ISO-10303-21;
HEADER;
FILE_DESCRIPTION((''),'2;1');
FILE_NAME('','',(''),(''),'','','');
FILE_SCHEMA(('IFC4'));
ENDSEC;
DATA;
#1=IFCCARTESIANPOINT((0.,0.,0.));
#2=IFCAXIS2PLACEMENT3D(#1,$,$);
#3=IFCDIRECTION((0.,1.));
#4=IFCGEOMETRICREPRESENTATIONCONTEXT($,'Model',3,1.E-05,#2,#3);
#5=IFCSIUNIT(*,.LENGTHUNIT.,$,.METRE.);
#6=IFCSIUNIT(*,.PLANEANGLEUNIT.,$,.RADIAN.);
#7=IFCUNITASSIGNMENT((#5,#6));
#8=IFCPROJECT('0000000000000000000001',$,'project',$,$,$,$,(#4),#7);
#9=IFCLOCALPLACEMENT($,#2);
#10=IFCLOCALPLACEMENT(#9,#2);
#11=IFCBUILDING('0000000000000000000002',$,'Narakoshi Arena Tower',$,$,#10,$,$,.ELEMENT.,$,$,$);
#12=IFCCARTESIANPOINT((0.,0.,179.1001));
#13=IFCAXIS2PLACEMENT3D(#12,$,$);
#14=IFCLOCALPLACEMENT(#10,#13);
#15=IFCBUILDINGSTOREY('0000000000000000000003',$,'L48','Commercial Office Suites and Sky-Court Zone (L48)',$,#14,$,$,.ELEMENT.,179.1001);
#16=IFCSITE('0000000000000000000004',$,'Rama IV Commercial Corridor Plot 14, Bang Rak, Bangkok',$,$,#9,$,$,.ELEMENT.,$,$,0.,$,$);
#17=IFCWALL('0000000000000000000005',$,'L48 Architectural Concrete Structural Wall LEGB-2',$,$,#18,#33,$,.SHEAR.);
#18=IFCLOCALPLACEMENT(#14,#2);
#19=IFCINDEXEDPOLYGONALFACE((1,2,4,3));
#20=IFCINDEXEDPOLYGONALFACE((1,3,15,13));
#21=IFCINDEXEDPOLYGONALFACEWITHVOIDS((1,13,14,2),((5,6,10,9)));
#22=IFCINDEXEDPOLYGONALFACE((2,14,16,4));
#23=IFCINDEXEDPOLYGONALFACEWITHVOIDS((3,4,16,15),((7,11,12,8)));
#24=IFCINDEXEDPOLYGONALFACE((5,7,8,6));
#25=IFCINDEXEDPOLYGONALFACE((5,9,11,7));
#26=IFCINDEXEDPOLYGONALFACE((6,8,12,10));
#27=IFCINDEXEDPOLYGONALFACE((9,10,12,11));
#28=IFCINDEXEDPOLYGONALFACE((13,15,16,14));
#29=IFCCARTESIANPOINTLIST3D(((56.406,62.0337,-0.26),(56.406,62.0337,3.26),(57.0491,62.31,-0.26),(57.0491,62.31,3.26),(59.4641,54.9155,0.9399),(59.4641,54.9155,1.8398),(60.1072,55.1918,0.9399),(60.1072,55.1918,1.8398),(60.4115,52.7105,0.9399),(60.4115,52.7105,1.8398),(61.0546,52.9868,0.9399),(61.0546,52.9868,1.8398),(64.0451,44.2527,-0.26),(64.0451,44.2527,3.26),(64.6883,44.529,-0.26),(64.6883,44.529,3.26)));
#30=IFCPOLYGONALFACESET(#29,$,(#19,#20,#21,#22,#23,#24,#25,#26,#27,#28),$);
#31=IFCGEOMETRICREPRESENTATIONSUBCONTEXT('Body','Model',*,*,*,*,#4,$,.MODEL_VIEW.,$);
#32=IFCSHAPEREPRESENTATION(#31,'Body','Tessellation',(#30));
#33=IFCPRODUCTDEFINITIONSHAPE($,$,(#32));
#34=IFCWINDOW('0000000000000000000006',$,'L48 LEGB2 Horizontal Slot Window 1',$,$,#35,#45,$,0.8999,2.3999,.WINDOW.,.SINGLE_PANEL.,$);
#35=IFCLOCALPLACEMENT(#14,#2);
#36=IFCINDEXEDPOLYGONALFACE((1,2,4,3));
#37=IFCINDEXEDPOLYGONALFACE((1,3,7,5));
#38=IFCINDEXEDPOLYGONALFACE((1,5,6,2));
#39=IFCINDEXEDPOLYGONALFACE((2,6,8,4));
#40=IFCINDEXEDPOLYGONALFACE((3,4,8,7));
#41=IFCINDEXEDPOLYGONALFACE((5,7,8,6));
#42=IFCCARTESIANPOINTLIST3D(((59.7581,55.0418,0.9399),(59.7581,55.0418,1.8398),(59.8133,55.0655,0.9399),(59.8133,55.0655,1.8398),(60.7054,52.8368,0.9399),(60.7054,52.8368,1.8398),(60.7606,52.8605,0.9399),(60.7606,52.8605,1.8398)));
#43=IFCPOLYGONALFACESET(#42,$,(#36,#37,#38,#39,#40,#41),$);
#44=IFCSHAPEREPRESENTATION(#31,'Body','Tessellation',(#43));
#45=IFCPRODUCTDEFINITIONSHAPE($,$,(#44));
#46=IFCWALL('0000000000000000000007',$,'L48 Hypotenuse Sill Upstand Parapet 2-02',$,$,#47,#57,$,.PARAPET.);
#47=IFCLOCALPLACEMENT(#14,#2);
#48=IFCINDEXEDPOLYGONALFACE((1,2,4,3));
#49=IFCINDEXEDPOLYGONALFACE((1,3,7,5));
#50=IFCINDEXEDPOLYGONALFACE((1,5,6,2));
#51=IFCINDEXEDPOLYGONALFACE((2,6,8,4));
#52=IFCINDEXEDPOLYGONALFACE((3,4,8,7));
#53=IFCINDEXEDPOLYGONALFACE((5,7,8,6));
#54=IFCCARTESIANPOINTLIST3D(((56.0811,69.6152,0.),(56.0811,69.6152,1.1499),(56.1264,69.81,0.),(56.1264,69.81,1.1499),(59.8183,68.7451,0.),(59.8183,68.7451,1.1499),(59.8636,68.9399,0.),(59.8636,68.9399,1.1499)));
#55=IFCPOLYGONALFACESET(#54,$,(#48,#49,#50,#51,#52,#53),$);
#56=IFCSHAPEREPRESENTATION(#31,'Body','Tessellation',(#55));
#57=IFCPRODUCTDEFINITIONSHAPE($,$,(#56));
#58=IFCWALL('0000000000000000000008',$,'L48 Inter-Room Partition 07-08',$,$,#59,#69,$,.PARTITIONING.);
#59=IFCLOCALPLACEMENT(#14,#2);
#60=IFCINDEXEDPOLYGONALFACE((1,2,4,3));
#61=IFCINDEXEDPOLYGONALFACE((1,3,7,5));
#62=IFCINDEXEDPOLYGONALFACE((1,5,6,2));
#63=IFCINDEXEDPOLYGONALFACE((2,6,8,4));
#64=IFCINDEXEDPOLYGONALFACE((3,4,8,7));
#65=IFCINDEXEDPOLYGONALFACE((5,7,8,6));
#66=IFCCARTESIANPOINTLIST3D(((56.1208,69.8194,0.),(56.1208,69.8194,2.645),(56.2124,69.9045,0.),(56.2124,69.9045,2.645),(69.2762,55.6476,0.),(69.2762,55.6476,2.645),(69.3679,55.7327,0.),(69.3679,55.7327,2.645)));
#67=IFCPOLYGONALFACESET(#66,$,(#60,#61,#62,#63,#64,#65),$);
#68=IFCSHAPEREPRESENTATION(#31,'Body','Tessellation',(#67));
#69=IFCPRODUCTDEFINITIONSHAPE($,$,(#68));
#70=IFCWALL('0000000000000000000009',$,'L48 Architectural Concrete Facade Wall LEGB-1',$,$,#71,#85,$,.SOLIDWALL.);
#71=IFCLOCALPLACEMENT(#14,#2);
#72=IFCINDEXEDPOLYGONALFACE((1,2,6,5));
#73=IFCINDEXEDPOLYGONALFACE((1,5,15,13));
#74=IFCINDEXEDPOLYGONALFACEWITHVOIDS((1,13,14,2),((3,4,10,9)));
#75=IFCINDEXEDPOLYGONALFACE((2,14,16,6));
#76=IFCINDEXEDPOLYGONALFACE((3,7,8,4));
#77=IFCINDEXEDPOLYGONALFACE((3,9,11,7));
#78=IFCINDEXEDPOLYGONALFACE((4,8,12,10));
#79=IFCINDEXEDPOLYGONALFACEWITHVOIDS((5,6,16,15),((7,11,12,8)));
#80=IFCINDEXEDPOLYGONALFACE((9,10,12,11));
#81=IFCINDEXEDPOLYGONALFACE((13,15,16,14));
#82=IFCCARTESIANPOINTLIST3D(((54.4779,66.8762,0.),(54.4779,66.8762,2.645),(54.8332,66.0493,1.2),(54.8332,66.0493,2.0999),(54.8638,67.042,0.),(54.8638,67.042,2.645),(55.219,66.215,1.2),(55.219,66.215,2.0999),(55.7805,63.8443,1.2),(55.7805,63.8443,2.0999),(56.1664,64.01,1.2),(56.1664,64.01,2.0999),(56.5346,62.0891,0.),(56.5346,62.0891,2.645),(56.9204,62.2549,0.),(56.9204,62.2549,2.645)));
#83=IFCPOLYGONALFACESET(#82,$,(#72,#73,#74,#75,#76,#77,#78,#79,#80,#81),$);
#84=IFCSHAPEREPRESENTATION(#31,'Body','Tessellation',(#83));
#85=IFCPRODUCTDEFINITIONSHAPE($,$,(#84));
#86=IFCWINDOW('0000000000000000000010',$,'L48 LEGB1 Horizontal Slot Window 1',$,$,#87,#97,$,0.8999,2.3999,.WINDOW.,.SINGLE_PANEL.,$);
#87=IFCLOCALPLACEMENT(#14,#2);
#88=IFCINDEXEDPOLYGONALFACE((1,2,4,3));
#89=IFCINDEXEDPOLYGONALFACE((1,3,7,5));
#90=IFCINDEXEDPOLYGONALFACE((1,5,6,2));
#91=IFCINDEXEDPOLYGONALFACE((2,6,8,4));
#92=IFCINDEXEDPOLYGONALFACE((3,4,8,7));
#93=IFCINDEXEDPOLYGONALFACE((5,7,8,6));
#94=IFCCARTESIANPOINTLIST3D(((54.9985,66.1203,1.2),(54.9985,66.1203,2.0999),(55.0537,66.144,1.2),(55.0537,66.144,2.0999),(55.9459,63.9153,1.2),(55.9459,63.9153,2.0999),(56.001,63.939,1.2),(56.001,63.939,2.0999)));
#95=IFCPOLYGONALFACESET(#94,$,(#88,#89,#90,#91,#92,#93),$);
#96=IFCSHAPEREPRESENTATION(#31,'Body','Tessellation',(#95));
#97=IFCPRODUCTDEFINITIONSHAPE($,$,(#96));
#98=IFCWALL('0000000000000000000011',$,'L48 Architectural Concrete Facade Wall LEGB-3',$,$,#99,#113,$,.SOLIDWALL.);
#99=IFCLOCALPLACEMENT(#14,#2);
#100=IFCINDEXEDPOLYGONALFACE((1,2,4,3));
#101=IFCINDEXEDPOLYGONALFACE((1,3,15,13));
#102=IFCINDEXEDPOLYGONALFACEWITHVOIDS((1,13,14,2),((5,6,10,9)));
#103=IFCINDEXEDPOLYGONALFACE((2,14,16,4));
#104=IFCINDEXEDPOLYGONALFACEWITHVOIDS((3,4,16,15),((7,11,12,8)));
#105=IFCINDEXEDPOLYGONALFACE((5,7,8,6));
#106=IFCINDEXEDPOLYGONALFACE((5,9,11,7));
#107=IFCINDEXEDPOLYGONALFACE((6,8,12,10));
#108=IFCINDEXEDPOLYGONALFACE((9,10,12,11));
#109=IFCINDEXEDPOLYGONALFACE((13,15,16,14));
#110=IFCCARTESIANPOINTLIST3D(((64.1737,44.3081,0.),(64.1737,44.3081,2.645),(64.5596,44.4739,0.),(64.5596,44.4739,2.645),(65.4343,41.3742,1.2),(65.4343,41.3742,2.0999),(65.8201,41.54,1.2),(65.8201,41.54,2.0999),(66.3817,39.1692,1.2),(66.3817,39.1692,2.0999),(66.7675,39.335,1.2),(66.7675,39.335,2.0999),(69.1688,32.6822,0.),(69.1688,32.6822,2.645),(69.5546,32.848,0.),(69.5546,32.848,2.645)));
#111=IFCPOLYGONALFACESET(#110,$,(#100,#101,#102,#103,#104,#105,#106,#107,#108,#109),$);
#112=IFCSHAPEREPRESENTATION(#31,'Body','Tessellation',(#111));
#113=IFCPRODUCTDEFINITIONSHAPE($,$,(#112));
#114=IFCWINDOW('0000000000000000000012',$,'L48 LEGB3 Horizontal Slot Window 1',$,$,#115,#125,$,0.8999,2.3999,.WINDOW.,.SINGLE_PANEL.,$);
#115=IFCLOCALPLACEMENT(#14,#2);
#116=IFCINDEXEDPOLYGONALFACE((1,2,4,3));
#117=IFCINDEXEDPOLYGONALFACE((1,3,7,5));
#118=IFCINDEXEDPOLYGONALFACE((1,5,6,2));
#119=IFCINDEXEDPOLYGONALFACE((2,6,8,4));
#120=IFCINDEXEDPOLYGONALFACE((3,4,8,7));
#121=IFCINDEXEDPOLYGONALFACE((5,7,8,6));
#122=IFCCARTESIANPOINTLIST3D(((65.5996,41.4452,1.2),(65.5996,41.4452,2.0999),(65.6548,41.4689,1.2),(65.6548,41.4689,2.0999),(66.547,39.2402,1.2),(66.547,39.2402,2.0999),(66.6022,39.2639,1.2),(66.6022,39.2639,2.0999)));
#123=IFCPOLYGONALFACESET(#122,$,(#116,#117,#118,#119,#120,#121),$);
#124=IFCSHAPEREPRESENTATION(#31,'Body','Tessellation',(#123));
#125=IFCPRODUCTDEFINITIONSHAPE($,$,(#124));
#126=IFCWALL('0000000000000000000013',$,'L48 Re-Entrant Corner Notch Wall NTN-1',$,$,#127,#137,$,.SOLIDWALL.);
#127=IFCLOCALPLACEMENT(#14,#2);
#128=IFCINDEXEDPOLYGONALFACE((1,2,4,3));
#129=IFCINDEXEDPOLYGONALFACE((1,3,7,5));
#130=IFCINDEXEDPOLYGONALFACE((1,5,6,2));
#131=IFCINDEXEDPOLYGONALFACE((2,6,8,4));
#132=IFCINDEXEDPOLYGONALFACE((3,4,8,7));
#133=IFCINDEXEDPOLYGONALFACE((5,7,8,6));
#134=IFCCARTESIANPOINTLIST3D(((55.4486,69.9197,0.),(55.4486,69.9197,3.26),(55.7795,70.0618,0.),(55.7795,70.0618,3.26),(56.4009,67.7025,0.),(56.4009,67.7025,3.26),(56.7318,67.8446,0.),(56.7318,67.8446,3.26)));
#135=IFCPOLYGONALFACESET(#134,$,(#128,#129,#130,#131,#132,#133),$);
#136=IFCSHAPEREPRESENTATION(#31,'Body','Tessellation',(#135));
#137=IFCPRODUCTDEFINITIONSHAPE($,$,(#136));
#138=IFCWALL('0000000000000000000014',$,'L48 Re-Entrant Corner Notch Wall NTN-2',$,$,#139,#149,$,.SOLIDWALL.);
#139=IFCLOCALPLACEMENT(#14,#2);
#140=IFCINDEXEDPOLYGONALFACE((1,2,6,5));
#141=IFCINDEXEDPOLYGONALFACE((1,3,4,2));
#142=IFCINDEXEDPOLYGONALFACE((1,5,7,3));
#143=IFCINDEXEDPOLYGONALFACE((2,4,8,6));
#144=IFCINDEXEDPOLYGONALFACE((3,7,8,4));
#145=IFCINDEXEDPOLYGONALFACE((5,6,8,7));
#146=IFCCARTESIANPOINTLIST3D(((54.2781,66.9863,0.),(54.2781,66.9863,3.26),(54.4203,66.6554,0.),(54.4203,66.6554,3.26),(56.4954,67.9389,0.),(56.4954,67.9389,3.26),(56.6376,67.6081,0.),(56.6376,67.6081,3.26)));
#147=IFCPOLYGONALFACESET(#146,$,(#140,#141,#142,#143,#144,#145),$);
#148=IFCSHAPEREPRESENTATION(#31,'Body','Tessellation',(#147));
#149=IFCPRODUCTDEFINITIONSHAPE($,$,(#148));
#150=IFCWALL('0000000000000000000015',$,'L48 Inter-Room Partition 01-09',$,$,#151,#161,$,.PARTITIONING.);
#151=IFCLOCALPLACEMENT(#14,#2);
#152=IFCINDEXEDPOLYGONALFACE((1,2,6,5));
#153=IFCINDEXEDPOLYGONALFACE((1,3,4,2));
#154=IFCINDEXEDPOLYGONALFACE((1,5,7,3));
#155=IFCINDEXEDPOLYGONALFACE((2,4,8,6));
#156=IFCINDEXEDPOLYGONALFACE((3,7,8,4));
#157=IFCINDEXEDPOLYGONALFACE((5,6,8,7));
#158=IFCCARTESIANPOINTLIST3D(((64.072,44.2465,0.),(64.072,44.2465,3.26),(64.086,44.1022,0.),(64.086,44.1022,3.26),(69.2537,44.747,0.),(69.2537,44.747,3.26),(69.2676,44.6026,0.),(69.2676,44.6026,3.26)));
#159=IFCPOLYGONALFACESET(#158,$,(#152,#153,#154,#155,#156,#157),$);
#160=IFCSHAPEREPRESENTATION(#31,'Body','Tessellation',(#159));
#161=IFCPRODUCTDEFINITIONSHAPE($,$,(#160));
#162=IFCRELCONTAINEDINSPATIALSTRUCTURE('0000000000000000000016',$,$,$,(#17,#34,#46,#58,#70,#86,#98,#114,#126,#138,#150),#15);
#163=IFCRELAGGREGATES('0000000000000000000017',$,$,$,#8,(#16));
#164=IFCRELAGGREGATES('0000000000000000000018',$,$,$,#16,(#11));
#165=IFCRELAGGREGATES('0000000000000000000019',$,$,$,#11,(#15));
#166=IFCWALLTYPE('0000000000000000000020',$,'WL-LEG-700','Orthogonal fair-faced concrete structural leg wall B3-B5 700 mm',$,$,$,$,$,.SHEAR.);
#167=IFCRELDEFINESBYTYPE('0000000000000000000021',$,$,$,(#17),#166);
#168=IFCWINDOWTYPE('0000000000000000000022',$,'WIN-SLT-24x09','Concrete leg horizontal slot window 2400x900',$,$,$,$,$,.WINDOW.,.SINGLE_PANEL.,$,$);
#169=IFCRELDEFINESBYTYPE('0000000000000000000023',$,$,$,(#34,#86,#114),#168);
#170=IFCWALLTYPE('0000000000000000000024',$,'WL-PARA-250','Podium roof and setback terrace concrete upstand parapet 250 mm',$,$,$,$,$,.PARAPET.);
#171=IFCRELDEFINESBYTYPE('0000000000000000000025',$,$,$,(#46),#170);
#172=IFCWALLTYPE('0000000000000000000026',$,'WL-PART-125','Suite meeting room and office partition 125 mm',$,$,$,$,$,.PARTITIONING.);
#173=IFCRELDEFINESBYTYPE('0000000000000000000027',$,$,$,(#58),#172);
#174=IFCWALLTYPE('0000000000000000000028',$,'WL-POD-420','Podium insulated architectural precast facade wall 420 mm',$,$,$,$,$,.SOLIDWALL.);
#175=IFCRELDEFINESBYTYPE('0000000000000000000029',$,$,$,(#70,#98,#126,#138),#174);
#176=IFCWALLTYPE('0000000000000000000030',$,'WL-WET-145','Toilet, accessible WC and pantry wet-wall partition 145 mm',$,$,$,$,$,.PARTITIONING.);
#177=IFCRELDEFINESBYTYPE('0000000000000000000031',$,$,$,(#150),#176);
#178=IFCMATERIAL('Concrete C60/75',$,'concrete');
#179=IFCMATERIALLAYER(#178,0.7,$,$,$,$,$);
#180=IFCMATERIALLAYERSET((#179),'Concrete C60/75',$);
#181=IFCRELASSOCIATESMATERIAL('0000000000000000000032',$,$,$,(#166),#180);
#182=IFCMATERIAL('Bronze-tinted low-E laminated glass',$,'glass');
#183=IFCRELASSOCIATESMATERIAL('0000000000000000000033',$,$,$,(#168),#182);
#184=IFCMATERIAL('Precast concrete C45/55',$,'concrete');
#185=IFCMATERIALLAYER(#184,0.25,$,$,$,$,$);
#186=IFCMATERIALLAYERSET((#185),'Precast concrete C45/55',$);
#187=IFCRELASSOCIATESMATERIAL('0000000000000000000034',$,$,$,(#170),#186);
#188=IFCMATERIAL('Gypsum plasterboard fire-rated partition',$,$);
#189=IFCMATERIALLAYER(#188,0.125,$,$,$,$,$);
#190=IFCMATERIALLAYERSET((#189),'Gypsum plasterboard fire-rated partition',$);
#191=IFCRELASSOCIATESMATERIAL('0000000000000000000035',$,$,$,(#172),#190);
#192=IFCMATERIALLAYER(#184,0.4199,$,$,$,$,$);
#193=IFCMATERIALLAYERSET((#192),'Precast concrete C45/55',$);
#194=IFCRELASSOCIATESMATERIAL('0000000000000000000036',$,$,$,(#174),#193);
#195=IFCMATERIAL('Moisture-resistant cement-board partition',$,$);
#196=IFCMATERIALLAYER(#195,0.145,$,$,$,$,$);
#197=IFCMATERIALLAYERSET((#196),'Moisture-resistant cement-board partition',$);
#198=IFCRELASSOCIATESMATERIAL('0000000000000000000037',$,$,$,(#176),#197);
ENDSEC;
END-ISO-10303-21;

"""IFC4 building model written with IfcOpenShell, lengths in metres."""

from ifc_helpers import new_model, si_unit, direction, frame, frame_2d, origin, place, context, subcontext, project, spatial, rectangle, extrude, material, layer, layer_set, type_object, element, fill, save


model = new_model("IFC4")

# Units and contexts
model_context = context("Model", 3, precision=1e-05, world=origin(), true_north=direction((0.0, 1.0)))
body_context = subcontext(model_context, "Body", "Model", "MODEL_VIEW")
ifc_project = project(units=[si_unit("LENGTHUNIT", "METRE"), si_unit("PLANEANGLEUNIT", "RADIAN")], contexts=[model_context])

# Site, building, storey
site_placement = place(None, origin())
site = spatial("IfcSite", under=ifc_project, at=site_placement, Name="Rama IV Commercial Corridor Plot 14, Bang Rak, Bangkok", CompositionType="ELEMENT", RefElevation=0.0)
building_placement = place(site_placement, origin())
building = spatial("IfcBuilding", under=site, at=building_placement, Name="Narakoshi Arena Tower", CompositionType="ELEMENT")
storey_placement = place(building_placement, frame((0.0, 0.0, 179.1001)))
storey = spatial("IfcBuildingStorey", under=building, at=storey_placement, Name="L48", Description="Commercial Office Suites and Sky-Court Zone (L48)", CompositionType="ELEMENT", Elevation=179.1001)

# Shared definitions
ifc_material_1 = material(Name="Bronze-tinted low-E laminated glass", Category="glass")

# Wall, opening, window
ifc_material_2 = material(Name="Concrete C60/75", Category="concrete")
ifc_layer_1 = layer(ifc_material_2, 0.7)
ifc_layer_set_1 = layer_set([ifc_layer_1], Name="Concrete C60/75")
wall_type_1 = type_object("IfcWallType", Name="WL-LEG-700", Description="Orthogonal fair-faced concrete structural leg wall B3-B5 700 mm", PredefinedType="SHEAR", material=ifc_layer_set_1)
wall_1_placement = place(storey_placement, frame((56.7275, 62.1719, -0.26), z_axis=(0.0, 0.0, 1.0), x_axis=(0.394737, -0.918794, 0.0)))
wall_1 = element("IfcWall", 1, at=wall_1_placement, inside=storey, type_object=wall_type_1, Name="L48 Architectural Concrete Structural Wall LEGB-2", PredefinedType="SHEAR", context=body_context, shape_type="SweptSolid", body=[
    extrude(rectangle(XDim=19.3525, YDim=0.7, at=frame_2d((9.6763, 0.0))), origin(), (0.0, 0.0, 1.0), 3.52),
])
opening_1_placement = place(wall_1_placement, frame((7.7473, 0.0, 1.2)))
opening_1 = element("IfcOpeningElement", 2, at=opening_1_placement, cuts=wall_1, PredefinedType="OPENING", context=body_context, shape_type="SweptSolid", body=[
    extrude(rectangle(XDim=2.3999, YDim=0.8999, at=frame_2d((1.2, 0.45))), frame((0.0, 0.3599, 0.0), z_axis=(0.0, -1.0, 0.0), x_axis=(1.0, 0.0, 0.0)), (0.0, 0.0, 1.0), 0.72),
])
window_type = type_object("IfcWindowType", Name="WIN-SLT-24x09", Description="Concrete leg horizontal slot window 2400x900", PartitioningType="SINGLE_PANEL", PredefinedType="WINDOW", material=ifc_material_1)
window_1_placement = place(opening_1_placement, origin())
window_1 = element("IfcWindow", 3, at=window_1_placement, inside=storey, type_object=window_type, Name="L48 LEGB2 Horizontal Slot Window 1", OverallHeight=0.8999, OverallWidth=2.3999, PartitioningType="SINGLE_PANEL", PredefinedType="WINDOW", context=body_context, shape_type="SweptSolid", body=[
    extrude(rectangle(XDim=2.3999, YDim=0.8999, at=frame_2d((1.2, 0.45))), frame((0.0, 0.03, 0.0), z_axis=(0.0, -1.0, 0.0), x_axis=(1.0, 0.0, 0.0)), (0.0, 0.0, 1.0), 0.0601),
])
fill(opening_1, window_1)

# Walls
ifc_material_3 = material(Name="Precast concrete C45/55", Category="concrete")
ifc_layer_2 = layer(ifc_material_3, 0.25)
ifc_layer_set_2 = layer_set([ifc_layer_2], Name="Precast concrete C45/55")
wall_type_2 = type_object("IfcWallType", Name="WL-PARA-250", Description="Podium roof and setback terrace concrete upstand parapet 250 mm", PredefinedType="PARAPET", material=ifc_layer_set_2)
wall_2_placement = place(storey_placement, frame((59.8408, 68.8425, 0.0), z_axis=(0.0, 0.0, 1.0), x_axis=(-0.973952, 0.226755, 0.0)))
element("IfcWall", 4, at=wall_2_placement, inside=storey, type_object=wall_type_2, Name="L48 Hypotenuse Sill Upstand Parapet 2-02", PredefinedType="PARAPET", context=body_context, shape_type="SweptSolid", body=[
    extrude(rectangle(XDim=3.8372, YDim=0.2, at=frame_2d((1.9185, 0.0))), origin(), (0.0, 0.0, 1.0), 1.1499),
])
ifc_material_4 = material(Name="Gypsum plasterboard fire-rated partition")
ifc_layer_3 = layer(ifc_material_4, 0.125)
ifc_layer_set_3 = layer_set([ifc_layer_3], Name="Gypsum plasterboard fire-rated partition")
wall_type_3 = type_object("IfcWallType", Name="WL-PART-125", Description="Suite meeting room and office partition 125 mm", PredefinedType="PARTITIONING", material=ifc_layer_set_3)
wall_3_placement = place(storey_placement, frame((56.1665, 69.8621, 0.0), z_axis=(0.0, 0.0, 1.0), x_axis=(0.680338, -0.732899, 0.0)))
element("IfcWall", 5, at=wall_3_placement, inside=storey, type_object=wall_type_3, Name="L48 Inter-Room Partition 07-08", PredefinedType="PARTITIONING", context=body_context, shape_type="SweptSolid", body=[
    extrude(rectangle(XDim=19.3367, YDim=0.125, at=frame_2d((9.6685, 0.0))), origin(), (0.0, 0.0, 1.0), 2.645),
])

# Walls, openings, windows
ifc_layer_4 = layer(ifc_material_3, 0.4199)
ifc_layer_set_4 = layer_set([ifc_layer_4], Name="Precast concrete C45/55")
wall_type_4 = type_object("IfcWallType", Name="WL-POD-420", Description="Podium insulated architectural precast facade wall 420 mm", PredefinedType="SOLIDWALL", material=ifc_layer_set_4)
wall_4_placement = place(storey_placement, frame((54.6709, 66.959, 0.0), z_axis=(0.0, 0.0, 1.0), x_axis=(0.394734, -0.918796, 0.0)))
wall_4 = element("IfcWall", 6, at=wall_4_placement, inside=storey, type_object=wall_type_4, Name="L48 Architectural Concrete Facade Wall LEGB-1", PredefinedType="SOLIDWALL", context=body_context, shape_type="SweptSolid", body=[
    extrude(rectangle(XDim=5.2102, YDim=0.4199, at=frame_2d((2.605, 0.0))), origin(), (0.0, 0.0, 1.0), 2.645),
])
opening_2_placement = place(wall_4_placement, frame((0.8999, 0.0, 1.2)))
opening_2 = element("IfcOpeningElement", 7, at=opening_2_placement, cuts=wall_4, PredefinedType="OPENING", context=body_context, shape_type="SweptSolid", body=[
    extrude(rectangle(XDim=2.3999, YDim=0.8999, at=frame_2d((1.2, 0.45))), frame((0.0, 0.22, 0.0), z_axis=(0.0, -1.0, 0.0), x_axis=(1.0, 0.0, 0.0)), (0.0, 0.0, 1.0), 0.4399),
])
window_2_placement = place(opening_2_placement, origin())
window_2 = element("IfcWindow", 8, at=window_2_placement, inside=storey, type_object=window_type, Name="L48 LEGB1 Horizontal Slot Window 1", OverallHeight=0.8999, OverallWidth=2.3999, PartitioningType="SINGLE_PANEL", PredefinedType="WINDOW", context=body_context, shape_type="SweptSolid", body=[
    extrude(rectangle(XDim=2.3999, YDim=0.8999, at=frame_2d((1.2, 0.45))), frame((0.0, 0.03, 0.0), z_axis=(0.0, -1.0, 0.0), x_axis=(1.0, 0.0, 0.0)), (0.0, 0.0, 1.0), 0.0601),
])
fill(opening_2, window_2)
wall_5_placement = place(storey_placement, frame((64.3667, 44.3909, 0.0), z_axis=(0.0, 0.0, 1.0), x_axis=(0.394757, -0.918785, 0.0)))
wall_5 = element("IfcWall", 9, at=wall_5_placement, inside=storey, type_object=wall_type_4, Name="L48 Architectural Concrete Facade Wall LEGB-3", PredefinedType="SOLIDWALL", context=body_context, shape_type="SweptSolid", body=[
    extrude(rectangle(XDim=12.6536, YDim=0.4199, at=frame_2d((6.3267, 0.0))), origin(), (0.0, 0.0, 1.0), 2.645),
])
opening_3_placement = place(wall_5_placement, frame((3.1931, 0.0, 1.2)))
opening_3 = element("IfcOpeningElement", 10, at=opening_3_placement, cuts=wall_5, PredefinedType="OPENING", context=body_context, shape_type="SweptSolid", body=[
    extrude(rectangle(XDim=2.3999, YDim=0.8999, at=frame_2d((1.2, 0.45))), frame((0.0, 0.22, 0.0), z_axis=(0.0, -1.0, 0.0), x_axis=(1.0, 0.0, 0.0)), (0.0, 0.0, 1.0), 0.4399),
])
window_3_placement = place(opening_3_placement, origin())
window_3 = element("IfcWindow", 11, at=window_3_placement, inside=storey, type_object=window_type, Name="L48 LEGB3 Horizontal Slot Window 1", OverallHeight=0.8999, OverallWidth=2.3999, PartitioningType="SINGLE_PANEL", PredefinedType="WINDOW", context=body_context, shape_type="SweptSolid", body=[
    extrude(rectangle(XDim=2.3999, YDim=0.8999, at=frame_2d((1.2, 0.45))), frame((0.0, 0.03, 0.0), z_axis=(0.0, -1.0, 0.0), x_axis=(1.0, 0.0, 0.0)), (0.0, 0.0, 1.0), 0.0601),
])
fill(opening_3, window_3)

# Walls
wall_6_placement = place(storey_placement, frame((55.614, 69.9907, 0.0), z_axis=(0.0, 0.0, 1.0), x_axis=(0.394664, -0.918826, 0.0)))
element("IfcWall", 12, at=wall_6_placement, inside=storey, type_object=wall_type_4, Name="L48 Re-Entrant Corner Notch Wall NTN-1", PredefinedType="SOLIDWALL", context=body_context, shape_type="SweptSolid", body=[
    extrude(rectangle(XDim=2.4131, YDim=0.3601, at=frame_2d((1.2065, 0.0))), origin(), (0.0, 0.0, 1.0), 3.26),
])
wall_7_placement = place(storey_placement, frame((56.5664, 67.7734, 0.0), z_axis=(0.0, 0.0, 1.0), x_axis=(-0.918789, -0.394749, 0.0)))
element("IfcWall", 13, at=wall_7_placement, inside=storey, type_object=wall_type_4, Name="L48 Re-Entrant Corner Notch Wall NTN-2", PredefinedType="SOLIDWALL", context=body_context, shape_type="SweptSolid", body=[
    extrude(rectangle(XDim=2.4133, YDim=0.3601, at=frame_2d((1.2065, 0.0))), origin(), (0.0, 0.0, 1.0), 3.26),
])
ifc_material_5 = material(Name="Moisture-resistant cement-board partition")
ifc_layer_5 = layer(ifc_material_5, 0.145)
ifc_layer_set_5 = layer_set([ifc_layer_5], Name="Moisture-resistant cement-board partition")
wall_type_5 = type_object("IfcWallType", Name="WL-WET-145", Description="Toilet, accessible WC and pantry wet-wall partition 145 mm", PredefinedType="PARTITIONING", material=ifc_layer_set_5)
wall_8_placement = place(storey_placement, frame((64.0789, 44.1743, 0.0), z_axis=(0.0, 0.0, 1.0), x_axis=(0.995368, 0.096141, 0.0)))
element("IfcWall", 14, at=wall_8_placement, inside=storey, type_object=wall_type_5, Name="L48 Inter-Room Partition 01-09", PredefinedType="PARTITIONING", context=body_context, shape_type="SweptSolid", body=[
    extrude(rectangle(XDim=5.2058, YDim=0.145, at=frame_2d((2.603, 0.0))), origin(), (0.0, 0.0, 1.0), 3.26),
])

save(model, "model.ifc")
